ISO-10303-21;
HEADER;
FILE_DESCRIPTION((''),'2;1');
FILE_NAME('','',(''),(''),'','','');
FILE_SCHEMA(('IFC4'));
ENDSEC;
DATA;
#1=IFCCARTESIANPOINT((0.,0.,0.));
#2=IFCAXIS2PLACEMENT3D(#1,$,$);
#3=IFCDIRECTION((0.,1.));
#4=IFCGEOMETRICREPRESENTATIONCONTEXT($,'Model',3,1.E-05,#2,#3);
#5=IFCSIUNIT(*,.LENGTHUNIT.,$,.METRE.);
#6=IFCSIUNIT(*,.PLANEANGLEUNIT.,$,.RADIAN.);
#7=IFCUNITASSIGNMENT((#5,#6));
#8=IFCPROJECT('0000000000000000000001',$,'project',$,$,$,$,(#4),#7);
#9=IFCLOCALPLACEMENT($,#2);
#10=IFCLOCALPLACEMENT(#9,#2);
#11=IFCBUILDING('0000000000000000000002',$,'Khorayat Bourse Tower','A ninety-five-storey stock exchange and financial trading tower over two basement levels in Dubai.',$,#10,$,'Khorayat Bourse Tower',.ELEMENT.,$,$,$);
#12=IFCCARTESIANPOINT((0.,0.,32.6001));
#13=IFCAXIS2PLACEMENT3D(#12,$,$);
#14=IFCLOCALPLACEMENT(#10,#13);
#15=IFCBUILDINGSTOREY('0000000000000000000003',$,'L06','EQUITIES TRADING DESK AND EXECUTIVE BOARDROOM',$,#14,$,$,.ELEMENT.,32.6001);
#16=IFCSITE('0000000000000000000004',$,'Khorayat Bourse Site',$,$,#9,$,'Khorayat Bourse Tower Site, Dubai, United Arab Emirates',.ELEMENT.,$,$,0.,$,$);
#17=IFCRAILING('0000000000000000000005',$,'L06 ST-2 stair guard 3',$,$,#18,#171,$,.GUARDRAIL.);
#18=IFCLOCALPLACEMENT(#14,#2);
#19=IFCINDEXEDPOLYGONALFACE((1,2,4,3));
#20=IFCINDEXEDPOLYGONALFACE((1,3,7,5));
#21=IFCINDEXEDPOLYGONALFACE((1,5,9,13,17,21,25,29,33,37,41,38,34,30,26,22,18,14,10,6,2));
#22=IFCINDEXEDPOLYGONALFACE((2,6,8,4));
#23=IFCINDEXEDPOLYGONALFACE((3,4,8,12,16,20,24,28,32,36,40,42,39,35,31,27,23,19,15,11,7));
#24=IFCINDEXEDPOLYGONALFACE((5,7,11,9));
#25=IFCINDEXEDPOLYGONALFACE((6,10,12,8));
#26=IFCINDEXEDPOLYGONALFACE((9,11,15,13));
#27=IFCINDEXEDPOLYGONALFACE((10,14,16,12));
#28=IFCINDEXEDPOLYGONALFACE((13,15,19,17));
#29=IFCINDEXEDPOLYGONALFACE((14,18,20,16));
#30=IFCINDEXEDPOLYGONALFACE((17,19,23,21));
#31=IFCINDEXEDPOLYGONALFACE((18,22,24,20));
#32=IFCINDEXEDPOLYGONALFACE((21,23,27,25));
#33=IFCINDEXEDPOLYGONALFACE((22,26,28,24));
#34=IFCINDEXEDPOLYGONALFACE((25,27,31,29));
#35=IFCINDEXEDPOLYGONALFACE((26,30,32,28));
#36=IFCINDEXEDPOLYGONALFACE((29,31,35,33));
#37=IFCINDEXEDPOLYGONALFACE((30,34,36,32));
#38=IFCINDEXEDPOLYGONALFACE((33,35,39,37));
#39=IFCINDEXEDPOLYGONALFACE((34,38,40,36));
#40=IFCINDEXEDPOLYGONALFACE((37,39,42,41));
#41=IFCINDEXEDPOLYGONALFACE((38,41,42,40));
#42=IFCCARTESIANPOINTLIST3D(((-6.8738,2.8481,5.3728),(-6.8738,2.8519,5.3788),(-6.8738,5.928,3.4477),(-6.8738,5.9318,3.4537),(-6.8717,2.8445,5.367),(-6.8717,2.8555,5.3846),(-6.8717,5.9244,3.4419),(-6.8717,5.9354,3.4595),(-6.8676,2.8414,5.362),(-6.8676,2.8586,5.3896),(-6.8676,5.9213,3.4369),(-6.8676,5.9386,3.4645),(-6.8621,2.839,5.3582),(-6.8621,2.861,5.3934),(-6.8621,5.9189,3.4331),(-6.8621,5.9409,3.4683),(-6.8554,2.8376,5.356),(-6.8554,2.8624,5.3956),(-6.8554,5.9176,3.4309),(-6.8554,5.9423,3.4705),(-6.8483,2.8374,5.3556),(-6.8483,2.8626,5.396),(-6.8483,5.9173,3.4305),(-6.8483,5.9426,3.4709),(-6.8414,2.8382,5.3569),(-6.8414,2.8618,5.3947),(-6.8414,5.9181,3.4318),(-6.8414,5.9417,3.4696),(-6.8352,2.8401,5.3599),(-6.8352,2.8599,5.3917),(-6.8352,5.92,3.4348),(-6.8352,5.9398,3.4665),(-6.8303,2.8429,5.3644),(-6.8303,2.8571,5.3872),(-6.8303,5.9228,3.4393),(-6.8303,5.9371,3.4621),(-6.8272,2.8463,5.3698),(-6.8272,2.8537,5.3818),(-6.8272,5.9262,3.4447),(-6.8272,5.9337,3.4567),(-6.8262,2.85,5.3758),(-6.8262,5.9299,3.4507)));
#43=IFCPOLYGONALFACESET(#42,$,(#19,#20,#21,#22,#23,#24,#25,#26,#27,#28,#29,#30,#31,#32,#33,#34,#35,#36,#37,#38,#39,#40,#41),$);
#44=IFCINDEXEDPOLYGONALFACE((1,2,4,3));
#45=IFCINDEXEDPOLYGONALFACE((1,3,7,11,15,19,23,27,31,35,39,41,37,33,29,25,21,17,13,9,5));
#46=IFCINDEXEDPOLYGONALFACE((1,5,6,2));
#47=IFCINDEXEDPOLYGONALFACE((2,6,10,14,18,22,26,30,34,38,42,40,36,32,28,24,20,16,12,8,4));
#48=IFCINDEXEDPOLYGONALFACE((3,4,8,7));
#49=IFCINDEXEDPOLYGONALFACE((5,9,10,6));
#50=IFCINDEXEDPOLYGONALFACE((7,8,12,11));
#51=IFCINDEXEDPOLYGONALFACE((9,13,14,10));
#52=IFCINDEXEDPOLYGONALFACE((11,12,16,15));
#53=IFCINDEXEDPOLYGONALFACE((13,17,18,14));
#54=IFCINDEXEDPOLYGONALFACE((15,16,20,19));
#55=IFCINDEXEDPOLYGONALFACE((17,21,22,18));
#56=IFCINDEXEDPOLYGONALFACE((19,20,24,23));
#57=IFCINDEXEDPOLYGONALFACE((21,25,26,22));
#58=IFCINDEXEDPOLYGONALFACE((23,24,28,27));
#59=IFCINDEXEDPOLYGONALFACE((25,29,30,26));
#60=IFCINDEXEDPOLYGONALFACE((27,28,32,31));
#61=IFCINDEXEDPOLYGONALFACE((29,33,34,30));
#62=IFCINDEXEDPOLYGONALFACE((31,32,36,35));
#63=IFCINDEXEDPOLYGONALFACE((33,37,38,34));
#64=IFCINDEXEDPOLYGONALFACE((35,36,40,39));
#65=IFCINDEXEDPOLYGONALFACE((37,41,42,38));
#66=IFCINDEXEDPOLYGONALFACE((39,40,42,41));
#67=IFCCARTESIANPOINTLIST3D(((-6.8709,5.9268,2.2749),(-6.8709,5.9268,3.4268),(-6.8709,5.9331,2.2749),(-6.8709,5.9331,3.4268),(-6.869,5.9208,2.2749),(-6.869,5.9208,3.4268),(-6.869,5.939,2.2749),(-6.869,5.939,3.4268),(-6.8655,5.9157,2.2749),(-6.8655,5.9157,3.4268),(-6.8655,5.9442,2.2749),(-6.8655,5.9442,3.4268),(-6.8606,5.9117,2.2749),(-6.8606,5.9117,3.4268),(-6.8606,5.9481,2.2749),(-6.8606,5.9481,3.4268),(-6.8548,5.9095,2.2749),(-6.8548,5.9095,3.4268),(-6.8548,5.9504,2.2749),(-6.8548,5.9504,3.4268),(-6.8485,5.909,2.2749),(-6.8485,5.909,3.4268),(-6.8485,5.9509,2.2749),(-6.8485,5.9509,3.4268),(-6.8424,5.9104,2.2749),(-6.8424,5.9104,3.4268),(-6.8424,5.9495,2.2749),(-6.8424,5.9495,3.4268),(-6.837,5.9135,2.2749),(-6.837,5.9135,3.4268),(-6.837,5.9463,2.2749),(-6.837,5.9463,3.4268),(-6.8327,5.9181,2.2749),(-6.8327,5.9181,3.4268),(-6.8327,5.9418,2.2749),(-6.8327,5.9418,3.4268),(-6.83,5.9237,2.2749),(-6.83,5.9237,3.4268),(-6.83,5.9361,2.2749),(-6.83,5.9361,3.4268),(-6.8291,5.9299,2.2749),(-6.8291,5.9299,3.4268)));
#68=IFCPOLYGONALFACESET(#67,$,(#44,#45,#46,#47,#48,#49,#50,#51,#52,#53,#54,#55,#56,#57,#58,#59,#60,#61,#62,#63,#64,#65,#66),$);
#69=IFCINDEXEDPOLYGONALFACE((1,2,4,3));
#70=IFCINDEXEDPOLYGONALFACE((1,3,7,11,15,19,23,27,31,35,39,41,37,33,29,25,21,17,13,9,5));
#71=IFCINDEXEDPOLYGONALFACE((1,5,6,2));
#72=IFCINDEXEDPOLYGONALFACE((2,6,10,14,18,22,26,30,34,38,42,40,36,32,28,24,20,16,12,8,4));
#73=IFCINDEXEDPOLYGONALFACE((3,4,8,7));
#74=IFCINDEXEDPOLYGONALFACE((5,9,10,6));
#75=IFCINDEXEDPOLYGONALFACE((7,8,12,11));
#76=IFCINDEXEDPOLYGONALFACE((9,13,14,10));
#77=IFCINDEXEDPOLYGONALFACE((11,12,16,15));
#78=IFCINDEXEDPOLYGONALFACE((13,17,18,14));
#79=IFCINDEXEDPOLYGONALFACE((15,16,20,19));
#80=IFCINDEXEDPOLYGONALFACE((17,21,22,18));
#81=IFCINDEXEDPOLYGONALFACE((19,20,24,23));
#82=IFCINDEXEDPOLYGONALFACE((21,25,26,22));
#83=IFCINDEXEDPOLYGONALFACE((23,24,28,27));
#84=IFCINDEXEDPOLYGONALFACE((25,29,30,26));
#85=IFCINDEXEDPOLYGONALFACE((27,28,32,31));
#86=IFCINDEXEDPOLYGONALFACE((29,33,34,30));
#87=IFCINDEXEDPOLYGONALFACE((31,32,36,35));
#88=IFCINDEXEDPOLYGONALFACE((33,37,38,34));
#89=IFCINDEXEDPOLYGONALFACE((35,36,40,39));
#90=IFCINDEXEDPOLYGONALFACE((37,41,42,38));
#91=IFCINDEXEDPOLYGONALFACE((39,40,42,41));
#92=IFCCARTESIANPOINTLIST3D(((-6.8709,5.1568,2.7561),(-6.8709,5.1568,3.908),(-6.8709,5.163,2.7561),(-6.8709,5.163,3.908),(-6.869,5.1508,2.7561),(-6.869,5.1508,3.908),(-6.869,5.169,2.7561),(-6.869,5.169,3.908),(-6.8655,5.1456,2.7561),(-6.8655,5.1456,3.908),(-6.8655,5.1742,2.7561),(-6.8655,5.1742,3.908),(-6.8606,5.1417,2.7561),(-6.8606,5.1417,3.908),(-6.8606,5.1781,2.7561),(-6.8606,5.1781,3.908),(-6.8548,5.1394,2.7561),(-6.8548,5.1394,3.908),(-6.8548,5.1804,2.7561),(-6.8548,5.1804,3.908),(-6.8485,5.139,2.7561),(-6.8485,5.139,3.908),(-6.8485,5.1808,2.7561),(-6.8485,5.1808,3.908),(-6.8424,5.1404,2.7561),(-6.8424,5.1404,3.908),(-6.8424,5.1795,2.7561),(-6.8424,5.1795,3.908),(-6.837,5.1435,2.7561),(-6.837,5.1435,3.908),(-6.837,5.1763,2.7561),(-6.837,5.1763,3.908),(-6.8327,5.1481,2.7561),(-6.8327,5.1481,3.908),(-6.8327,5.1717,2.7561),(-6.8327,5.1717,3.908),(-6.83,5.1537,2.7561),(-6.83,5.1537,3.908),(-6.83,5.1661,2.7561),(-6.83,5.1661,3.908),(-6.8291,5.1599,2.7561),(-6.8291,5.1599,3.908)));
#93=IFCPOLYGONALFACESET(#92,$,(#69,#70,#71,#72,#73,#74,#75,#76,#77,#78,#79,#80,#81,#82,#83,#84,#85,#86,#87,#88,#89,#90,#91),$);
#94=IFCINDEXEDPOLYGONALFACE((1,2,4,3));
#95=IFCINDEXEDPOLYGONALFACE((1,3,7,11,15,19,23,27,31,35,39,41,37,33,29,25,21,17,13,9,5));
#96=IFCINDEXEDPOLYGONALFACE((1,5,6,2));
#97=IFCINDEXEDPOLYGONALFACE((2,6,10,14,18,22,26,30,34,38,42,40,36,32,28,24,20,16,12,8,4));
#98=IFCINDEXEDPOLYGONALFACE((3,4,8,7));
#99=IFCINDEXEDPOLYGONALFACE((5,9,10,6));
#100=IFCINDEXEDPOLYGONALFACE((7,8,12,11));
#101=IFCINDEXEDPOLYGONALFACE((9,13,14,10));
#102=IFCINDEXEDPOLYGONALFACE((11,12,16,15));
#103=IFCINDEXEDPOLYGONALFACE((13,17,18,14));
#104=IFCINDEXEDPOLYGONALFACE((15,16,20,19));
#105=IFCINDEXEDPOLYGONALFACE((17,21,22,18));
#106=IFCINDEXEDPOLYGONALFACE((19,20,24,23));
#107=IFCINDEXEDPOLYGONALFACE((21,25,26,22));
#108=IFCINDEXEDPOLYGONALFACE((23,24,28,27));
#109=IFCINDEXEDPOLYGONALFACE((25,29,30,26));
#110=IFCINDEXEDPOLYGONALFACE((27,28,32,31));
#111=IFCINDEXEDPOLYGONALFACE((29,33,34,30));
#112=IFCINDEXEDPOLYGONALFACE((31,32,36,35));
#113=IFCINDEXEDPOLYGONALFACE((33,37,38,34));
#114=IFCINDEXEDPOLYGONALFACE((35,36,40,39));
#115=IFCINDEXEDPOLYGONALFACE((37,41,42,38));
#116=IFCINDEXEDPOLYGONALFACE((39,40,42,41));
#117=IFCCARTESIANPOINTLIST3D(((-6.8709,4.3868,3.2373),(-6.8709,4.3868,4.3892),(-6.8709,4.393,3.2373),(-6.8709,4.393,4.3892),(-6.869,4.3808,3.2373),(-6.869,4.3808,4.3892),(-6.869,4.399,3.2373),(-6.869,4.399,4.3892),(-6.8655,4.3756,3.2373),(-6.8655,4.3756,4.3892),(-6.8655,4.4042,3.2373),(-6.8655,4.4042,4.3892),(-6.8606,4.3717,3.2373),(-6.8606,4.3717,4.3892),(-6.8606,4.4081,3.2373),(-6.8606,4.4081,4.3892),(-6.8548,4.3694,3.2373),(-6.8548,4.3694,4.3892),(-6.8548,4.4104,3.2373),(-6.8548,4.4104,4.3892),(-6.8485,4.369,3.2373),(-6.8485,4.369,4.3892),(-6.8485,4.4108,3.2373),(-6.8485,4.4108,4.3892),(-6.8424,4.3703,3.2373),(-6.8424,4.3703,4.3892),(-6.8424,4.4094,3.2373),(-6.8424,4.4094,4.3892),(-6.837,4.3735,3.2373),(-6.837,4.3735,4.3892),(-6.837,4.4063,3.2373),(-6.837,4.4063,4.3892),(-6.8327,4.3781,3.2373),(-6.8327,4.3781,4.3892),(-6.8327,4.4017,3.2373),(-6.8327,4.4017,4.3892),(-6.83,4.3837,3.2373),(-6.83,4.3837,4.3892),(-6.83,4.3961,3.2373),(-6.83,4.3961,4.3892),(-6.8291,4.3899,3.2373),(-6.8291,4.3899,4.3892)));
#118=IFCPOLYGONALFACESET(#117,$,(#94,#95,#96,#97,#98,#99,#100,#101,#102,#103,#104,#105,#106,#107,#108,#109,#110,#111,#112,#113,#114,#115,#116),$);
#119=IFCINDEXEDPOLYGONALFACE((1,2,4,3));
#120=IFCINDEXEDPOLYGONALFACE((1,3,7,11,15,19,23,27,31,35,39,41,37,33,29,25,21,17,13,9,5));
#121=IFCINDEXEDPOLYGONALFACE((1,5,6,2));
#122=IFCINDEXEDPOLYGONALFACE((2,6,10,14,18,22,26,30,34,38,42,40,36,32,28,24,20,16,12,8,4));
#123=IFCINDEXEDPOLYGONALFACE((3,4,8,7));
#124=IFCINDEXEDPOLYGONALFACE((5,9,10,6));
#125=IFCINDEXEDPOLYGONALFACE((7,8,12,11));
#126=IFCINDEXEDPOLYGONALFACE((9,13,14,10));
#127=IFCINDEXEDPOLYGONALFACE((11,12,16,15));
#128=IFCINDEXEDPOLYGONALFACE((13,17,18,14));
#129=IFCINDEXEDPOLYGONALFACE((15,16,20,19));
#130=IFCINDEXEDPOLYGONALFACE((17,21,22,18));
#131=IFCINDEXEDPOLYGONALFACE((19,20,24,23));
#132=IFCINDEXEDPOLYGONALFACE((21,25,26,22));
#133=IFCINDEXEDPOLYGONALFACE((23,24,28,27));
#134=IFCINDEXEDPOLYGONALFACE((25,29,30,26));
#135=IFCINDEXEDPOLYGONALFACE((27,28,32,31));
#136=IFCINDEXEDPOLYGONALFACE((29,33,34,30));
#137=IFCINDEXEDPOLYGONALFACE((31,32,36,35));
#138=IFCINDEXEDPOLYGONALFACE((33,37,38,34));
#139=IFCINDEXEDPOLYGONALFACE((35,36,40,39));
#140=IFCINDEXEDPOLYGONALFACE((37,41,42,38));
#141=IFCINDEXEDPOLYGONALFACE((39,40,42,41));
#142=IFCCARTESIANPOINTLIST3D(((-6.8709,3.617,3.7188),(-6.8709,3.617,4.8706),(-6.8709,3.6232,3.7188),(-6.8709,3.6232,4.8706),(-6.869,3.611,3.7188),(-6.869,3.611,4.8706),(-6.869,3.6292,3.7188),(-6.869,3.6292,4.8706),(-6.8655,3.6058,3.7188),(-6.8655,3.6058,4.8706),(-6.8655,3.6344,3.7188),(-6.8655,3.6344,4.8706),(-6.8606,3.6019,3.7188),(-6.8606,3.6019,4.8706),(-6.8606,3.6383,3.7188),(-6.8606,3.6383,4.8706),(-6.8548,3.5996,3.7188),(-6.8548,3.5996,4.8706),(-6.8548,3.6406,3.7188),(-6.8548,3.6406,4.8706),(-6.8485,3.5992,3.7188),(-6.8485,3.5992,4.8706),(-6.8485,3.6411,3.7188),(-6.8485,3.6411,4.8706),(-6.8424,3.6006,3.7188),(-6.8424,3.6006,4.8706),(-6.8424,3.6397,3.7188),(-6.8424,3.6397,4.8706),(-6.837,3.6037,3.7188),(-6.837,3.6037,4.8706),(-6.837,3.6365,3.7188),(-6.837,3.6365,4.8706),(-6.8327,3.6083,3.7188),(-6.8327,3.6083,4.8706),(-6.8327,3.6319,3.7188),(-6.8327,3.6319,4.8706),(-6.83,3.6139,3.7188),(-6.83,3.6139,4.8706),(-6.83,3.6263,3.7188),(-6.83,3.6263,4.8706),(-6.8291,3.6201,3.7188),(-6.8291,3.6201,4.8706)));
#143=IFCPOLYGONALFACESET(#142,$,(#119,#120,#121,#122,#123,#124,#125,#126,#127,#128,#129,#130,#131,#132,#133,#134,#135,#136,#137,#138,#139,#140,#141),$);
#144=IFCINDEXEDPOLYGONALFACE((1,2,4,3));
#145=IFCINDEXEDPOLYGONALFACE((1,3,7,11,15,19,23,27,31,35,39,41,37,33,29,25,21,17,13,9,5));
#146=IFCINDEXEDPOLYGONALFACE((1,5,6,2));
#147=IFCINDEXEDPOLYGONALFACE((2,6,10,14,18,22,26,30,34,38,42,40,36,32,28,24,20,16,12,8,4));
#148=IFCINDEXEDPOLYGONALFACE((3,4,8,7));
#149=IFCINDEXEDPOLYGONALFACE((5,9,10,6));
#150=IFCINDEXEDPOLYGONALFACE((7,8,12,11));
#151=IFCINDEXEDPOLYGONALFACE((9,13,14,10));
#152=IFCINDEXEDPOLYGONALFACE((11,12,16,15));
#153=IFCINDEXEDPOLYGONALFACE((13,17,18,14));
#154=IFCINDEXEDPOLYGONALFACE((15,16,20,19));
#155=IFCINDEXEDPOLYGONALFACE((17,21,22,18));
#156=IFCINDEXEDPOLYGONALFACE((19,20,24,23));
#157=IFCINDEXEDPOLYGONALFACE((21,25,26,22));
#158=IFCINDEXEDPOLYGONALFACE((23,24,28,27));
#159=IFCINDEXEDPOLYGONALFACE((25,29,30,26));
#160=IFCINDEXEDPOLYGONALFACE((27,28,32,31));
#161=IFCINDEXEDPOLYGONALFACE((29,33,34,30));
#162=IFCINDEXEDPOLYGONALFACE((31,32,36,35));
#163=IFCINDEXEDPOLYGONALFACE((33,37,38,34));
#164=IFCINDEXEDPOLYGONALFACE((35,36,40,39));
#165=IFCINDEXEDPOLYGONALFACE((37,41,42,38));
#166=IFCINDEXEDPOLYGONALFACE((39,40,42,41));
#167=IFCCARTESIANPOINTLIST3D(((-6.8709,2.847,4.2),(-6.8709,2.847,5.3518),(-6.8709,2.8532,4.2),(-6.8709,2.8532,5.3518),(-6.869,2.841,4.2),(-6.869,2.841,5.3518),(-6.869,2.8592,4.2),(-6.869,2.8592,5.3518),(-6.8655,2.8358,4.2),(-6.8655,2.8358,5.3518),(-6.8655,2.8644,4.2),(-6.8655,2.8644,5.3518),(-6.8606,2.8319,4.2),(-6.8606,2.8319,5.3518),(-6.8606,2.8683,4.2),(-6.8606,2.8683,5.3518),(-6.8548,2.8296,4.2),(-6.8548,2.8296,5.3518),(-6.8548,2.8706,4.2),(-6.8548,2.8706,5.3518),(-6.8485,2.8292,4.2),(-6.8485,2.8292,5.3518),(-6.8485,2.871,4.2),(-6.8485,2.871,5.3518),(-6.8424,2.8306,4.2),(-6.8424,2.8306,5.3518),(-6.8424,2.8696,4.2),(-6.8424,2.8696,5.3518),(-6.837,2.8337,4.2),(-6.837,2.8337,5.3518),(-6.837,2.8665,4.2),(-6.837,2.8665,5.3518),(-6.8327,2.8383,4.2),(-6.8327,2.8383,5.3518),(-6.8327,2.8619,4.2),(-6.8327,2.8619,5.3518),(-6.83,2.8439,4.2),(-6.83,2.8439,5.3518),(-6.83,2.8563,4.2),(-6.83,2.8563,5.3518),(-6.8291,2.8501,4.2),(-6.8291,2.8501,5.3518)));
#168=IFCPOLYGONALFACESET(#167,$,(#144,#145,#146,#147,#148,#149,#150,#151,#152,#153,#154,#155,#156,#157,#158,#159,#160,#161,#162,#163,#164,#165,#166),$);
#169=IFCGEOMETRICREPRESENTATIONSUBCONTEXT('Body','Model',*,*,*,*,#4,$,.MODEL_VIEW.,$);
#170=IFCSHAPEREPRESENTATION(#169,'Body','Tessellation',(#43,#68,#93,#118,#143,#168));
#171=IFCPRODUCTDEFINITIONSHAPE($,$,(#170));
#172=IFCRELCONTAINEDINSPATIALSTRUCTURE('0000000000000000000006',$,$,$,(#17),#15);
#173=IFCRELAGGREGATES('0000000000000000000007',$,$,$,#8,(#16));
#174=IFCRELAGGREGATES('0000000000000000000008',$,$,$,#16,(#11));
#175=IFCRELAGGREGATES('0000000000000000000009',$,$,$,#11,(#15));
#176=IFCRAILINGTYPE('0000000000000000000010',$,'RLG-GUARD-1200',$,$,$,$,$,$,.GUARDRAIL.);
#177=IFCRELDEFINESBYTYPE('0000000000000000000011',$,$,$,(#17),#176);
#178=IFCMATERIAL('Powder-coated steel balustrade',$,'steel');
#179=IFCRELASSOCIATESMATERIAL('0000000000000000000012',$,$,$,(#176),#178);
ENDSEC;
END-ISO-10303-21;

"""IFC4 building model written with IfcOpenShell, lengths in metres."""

from ifc_helpers import new_model, si_unit, direction, frame, origin, origin_2d, place, context, subcontext, project, spatial, circle, extrude, source, transform, mapped, material, type_object, element, save


model = new_model("IFC4")

# Units and contexts
model_context = context("Model", 3, precision=1e-05, world=origin(), true_north=direction((0.0, 1.0)))
body_context = subcontext(model_context, "Body", "Model", "MODEL_VIEW")
ifc_project = project(units=[si_unit("LENGTHUNIT", "METRE"), si_unit("PLANEANGLEUNIT", "RADIAN")], contexts=[model_context])

# Site, building, storey
site_placement = place(None, origin())
site = spatial("IfcSite", under=ifc_project, at=site_placement, Name="Khorayat Bourse Site", LongName="Khorayat Bourse Tower Site, Dubai, United Arab Emirates", CompositionType="ELEMENT", RefElevation=0.0)
building_placement = place(site_placement, origin())
building = spatial("IfcBuilding", under=site, at=building_placement, Name="Khorayat Bourse Tower", Description="A ninety-five-storey stock exchange and financial trading tower over two basement levels in Dubai.", LongName="Khorayat Bourse Tower", CompositionType="ELEMENT")
storey_placement = place(building_placement, frame((0.0, 0.0, 32.6001)))
storey = spatial("IfcBuildingStorey", under=building, at=storey_placement, Name="L06", Description="EQUITIES TRADING DESK AND EXECUTIVE BOARDROOM", CompositionType="ELEMENT", Elevation=32.6001)

# Railing
ifc_material_1 = material(Name="Powder-coated steel balustrade", Category="steel")
railing_type_1 = type_object("IfcRailingType", Name="RLG-GUARD-1200", PredefinedType="GUARDRAIL", material=ifc_material_1)
shared_shape_1 = source(origin(), body_context, "Body", "SweptSolid", [
    extrude(circle(Radius=0.0239, at=origin_2d()), frame((0.0, 0.0, 1.1758), z_axis=(0.0, -0.847979, 0.530029), x_axis=(1.0, 0.0, 0.0)), (0.0, 0.0, 1.0), 3.6321),
    extrude(circle(Radius=0.021, at=origin_2d()), origin(), (0.0, 0.0, 1.0), 1.1519),
    extrude(circle(Radius=0.021, at=origin_2d()), frame((0.0, -0.77, 0.4812)), (0.0, 0.0, 1.0), 1.1519),
    extrude(circle(Radius=0.021, at=origin_2d()), frame((0.0, -1.54, 0.9624)), (0.0, 0.0, 1.0), 1.1519),
    extrude(circle(Radius=0.021, at=origin_2d()), frame((0.0, -2.3098, 1.4438)), (0.0, 0.0, 1.0), 1.1519),
    extrude(circle(Radius=0.021, at=origin_2d()), frame((0.0, -3.0798, 1.925)), (0.0, 0.0, 1.0), 1.1519),
])
railing_1_placement = place(storey_placement, frame((-6.8501, 5.9299, 2.2749)))
element("IfcRailing", 1, at=railing_1_placement, inside=storey, type_object=railing_type_1, Name="L06 ST-2 stair guard 3", PredefinedType="GUARDRAIL", context=body_context, shape_type="MappedRepresentation", body=[
    mapped(shared_shape_1, transform((0.0, 0.0, 0.0), scale=1.0)),
])

save(model, "model.ifc")
